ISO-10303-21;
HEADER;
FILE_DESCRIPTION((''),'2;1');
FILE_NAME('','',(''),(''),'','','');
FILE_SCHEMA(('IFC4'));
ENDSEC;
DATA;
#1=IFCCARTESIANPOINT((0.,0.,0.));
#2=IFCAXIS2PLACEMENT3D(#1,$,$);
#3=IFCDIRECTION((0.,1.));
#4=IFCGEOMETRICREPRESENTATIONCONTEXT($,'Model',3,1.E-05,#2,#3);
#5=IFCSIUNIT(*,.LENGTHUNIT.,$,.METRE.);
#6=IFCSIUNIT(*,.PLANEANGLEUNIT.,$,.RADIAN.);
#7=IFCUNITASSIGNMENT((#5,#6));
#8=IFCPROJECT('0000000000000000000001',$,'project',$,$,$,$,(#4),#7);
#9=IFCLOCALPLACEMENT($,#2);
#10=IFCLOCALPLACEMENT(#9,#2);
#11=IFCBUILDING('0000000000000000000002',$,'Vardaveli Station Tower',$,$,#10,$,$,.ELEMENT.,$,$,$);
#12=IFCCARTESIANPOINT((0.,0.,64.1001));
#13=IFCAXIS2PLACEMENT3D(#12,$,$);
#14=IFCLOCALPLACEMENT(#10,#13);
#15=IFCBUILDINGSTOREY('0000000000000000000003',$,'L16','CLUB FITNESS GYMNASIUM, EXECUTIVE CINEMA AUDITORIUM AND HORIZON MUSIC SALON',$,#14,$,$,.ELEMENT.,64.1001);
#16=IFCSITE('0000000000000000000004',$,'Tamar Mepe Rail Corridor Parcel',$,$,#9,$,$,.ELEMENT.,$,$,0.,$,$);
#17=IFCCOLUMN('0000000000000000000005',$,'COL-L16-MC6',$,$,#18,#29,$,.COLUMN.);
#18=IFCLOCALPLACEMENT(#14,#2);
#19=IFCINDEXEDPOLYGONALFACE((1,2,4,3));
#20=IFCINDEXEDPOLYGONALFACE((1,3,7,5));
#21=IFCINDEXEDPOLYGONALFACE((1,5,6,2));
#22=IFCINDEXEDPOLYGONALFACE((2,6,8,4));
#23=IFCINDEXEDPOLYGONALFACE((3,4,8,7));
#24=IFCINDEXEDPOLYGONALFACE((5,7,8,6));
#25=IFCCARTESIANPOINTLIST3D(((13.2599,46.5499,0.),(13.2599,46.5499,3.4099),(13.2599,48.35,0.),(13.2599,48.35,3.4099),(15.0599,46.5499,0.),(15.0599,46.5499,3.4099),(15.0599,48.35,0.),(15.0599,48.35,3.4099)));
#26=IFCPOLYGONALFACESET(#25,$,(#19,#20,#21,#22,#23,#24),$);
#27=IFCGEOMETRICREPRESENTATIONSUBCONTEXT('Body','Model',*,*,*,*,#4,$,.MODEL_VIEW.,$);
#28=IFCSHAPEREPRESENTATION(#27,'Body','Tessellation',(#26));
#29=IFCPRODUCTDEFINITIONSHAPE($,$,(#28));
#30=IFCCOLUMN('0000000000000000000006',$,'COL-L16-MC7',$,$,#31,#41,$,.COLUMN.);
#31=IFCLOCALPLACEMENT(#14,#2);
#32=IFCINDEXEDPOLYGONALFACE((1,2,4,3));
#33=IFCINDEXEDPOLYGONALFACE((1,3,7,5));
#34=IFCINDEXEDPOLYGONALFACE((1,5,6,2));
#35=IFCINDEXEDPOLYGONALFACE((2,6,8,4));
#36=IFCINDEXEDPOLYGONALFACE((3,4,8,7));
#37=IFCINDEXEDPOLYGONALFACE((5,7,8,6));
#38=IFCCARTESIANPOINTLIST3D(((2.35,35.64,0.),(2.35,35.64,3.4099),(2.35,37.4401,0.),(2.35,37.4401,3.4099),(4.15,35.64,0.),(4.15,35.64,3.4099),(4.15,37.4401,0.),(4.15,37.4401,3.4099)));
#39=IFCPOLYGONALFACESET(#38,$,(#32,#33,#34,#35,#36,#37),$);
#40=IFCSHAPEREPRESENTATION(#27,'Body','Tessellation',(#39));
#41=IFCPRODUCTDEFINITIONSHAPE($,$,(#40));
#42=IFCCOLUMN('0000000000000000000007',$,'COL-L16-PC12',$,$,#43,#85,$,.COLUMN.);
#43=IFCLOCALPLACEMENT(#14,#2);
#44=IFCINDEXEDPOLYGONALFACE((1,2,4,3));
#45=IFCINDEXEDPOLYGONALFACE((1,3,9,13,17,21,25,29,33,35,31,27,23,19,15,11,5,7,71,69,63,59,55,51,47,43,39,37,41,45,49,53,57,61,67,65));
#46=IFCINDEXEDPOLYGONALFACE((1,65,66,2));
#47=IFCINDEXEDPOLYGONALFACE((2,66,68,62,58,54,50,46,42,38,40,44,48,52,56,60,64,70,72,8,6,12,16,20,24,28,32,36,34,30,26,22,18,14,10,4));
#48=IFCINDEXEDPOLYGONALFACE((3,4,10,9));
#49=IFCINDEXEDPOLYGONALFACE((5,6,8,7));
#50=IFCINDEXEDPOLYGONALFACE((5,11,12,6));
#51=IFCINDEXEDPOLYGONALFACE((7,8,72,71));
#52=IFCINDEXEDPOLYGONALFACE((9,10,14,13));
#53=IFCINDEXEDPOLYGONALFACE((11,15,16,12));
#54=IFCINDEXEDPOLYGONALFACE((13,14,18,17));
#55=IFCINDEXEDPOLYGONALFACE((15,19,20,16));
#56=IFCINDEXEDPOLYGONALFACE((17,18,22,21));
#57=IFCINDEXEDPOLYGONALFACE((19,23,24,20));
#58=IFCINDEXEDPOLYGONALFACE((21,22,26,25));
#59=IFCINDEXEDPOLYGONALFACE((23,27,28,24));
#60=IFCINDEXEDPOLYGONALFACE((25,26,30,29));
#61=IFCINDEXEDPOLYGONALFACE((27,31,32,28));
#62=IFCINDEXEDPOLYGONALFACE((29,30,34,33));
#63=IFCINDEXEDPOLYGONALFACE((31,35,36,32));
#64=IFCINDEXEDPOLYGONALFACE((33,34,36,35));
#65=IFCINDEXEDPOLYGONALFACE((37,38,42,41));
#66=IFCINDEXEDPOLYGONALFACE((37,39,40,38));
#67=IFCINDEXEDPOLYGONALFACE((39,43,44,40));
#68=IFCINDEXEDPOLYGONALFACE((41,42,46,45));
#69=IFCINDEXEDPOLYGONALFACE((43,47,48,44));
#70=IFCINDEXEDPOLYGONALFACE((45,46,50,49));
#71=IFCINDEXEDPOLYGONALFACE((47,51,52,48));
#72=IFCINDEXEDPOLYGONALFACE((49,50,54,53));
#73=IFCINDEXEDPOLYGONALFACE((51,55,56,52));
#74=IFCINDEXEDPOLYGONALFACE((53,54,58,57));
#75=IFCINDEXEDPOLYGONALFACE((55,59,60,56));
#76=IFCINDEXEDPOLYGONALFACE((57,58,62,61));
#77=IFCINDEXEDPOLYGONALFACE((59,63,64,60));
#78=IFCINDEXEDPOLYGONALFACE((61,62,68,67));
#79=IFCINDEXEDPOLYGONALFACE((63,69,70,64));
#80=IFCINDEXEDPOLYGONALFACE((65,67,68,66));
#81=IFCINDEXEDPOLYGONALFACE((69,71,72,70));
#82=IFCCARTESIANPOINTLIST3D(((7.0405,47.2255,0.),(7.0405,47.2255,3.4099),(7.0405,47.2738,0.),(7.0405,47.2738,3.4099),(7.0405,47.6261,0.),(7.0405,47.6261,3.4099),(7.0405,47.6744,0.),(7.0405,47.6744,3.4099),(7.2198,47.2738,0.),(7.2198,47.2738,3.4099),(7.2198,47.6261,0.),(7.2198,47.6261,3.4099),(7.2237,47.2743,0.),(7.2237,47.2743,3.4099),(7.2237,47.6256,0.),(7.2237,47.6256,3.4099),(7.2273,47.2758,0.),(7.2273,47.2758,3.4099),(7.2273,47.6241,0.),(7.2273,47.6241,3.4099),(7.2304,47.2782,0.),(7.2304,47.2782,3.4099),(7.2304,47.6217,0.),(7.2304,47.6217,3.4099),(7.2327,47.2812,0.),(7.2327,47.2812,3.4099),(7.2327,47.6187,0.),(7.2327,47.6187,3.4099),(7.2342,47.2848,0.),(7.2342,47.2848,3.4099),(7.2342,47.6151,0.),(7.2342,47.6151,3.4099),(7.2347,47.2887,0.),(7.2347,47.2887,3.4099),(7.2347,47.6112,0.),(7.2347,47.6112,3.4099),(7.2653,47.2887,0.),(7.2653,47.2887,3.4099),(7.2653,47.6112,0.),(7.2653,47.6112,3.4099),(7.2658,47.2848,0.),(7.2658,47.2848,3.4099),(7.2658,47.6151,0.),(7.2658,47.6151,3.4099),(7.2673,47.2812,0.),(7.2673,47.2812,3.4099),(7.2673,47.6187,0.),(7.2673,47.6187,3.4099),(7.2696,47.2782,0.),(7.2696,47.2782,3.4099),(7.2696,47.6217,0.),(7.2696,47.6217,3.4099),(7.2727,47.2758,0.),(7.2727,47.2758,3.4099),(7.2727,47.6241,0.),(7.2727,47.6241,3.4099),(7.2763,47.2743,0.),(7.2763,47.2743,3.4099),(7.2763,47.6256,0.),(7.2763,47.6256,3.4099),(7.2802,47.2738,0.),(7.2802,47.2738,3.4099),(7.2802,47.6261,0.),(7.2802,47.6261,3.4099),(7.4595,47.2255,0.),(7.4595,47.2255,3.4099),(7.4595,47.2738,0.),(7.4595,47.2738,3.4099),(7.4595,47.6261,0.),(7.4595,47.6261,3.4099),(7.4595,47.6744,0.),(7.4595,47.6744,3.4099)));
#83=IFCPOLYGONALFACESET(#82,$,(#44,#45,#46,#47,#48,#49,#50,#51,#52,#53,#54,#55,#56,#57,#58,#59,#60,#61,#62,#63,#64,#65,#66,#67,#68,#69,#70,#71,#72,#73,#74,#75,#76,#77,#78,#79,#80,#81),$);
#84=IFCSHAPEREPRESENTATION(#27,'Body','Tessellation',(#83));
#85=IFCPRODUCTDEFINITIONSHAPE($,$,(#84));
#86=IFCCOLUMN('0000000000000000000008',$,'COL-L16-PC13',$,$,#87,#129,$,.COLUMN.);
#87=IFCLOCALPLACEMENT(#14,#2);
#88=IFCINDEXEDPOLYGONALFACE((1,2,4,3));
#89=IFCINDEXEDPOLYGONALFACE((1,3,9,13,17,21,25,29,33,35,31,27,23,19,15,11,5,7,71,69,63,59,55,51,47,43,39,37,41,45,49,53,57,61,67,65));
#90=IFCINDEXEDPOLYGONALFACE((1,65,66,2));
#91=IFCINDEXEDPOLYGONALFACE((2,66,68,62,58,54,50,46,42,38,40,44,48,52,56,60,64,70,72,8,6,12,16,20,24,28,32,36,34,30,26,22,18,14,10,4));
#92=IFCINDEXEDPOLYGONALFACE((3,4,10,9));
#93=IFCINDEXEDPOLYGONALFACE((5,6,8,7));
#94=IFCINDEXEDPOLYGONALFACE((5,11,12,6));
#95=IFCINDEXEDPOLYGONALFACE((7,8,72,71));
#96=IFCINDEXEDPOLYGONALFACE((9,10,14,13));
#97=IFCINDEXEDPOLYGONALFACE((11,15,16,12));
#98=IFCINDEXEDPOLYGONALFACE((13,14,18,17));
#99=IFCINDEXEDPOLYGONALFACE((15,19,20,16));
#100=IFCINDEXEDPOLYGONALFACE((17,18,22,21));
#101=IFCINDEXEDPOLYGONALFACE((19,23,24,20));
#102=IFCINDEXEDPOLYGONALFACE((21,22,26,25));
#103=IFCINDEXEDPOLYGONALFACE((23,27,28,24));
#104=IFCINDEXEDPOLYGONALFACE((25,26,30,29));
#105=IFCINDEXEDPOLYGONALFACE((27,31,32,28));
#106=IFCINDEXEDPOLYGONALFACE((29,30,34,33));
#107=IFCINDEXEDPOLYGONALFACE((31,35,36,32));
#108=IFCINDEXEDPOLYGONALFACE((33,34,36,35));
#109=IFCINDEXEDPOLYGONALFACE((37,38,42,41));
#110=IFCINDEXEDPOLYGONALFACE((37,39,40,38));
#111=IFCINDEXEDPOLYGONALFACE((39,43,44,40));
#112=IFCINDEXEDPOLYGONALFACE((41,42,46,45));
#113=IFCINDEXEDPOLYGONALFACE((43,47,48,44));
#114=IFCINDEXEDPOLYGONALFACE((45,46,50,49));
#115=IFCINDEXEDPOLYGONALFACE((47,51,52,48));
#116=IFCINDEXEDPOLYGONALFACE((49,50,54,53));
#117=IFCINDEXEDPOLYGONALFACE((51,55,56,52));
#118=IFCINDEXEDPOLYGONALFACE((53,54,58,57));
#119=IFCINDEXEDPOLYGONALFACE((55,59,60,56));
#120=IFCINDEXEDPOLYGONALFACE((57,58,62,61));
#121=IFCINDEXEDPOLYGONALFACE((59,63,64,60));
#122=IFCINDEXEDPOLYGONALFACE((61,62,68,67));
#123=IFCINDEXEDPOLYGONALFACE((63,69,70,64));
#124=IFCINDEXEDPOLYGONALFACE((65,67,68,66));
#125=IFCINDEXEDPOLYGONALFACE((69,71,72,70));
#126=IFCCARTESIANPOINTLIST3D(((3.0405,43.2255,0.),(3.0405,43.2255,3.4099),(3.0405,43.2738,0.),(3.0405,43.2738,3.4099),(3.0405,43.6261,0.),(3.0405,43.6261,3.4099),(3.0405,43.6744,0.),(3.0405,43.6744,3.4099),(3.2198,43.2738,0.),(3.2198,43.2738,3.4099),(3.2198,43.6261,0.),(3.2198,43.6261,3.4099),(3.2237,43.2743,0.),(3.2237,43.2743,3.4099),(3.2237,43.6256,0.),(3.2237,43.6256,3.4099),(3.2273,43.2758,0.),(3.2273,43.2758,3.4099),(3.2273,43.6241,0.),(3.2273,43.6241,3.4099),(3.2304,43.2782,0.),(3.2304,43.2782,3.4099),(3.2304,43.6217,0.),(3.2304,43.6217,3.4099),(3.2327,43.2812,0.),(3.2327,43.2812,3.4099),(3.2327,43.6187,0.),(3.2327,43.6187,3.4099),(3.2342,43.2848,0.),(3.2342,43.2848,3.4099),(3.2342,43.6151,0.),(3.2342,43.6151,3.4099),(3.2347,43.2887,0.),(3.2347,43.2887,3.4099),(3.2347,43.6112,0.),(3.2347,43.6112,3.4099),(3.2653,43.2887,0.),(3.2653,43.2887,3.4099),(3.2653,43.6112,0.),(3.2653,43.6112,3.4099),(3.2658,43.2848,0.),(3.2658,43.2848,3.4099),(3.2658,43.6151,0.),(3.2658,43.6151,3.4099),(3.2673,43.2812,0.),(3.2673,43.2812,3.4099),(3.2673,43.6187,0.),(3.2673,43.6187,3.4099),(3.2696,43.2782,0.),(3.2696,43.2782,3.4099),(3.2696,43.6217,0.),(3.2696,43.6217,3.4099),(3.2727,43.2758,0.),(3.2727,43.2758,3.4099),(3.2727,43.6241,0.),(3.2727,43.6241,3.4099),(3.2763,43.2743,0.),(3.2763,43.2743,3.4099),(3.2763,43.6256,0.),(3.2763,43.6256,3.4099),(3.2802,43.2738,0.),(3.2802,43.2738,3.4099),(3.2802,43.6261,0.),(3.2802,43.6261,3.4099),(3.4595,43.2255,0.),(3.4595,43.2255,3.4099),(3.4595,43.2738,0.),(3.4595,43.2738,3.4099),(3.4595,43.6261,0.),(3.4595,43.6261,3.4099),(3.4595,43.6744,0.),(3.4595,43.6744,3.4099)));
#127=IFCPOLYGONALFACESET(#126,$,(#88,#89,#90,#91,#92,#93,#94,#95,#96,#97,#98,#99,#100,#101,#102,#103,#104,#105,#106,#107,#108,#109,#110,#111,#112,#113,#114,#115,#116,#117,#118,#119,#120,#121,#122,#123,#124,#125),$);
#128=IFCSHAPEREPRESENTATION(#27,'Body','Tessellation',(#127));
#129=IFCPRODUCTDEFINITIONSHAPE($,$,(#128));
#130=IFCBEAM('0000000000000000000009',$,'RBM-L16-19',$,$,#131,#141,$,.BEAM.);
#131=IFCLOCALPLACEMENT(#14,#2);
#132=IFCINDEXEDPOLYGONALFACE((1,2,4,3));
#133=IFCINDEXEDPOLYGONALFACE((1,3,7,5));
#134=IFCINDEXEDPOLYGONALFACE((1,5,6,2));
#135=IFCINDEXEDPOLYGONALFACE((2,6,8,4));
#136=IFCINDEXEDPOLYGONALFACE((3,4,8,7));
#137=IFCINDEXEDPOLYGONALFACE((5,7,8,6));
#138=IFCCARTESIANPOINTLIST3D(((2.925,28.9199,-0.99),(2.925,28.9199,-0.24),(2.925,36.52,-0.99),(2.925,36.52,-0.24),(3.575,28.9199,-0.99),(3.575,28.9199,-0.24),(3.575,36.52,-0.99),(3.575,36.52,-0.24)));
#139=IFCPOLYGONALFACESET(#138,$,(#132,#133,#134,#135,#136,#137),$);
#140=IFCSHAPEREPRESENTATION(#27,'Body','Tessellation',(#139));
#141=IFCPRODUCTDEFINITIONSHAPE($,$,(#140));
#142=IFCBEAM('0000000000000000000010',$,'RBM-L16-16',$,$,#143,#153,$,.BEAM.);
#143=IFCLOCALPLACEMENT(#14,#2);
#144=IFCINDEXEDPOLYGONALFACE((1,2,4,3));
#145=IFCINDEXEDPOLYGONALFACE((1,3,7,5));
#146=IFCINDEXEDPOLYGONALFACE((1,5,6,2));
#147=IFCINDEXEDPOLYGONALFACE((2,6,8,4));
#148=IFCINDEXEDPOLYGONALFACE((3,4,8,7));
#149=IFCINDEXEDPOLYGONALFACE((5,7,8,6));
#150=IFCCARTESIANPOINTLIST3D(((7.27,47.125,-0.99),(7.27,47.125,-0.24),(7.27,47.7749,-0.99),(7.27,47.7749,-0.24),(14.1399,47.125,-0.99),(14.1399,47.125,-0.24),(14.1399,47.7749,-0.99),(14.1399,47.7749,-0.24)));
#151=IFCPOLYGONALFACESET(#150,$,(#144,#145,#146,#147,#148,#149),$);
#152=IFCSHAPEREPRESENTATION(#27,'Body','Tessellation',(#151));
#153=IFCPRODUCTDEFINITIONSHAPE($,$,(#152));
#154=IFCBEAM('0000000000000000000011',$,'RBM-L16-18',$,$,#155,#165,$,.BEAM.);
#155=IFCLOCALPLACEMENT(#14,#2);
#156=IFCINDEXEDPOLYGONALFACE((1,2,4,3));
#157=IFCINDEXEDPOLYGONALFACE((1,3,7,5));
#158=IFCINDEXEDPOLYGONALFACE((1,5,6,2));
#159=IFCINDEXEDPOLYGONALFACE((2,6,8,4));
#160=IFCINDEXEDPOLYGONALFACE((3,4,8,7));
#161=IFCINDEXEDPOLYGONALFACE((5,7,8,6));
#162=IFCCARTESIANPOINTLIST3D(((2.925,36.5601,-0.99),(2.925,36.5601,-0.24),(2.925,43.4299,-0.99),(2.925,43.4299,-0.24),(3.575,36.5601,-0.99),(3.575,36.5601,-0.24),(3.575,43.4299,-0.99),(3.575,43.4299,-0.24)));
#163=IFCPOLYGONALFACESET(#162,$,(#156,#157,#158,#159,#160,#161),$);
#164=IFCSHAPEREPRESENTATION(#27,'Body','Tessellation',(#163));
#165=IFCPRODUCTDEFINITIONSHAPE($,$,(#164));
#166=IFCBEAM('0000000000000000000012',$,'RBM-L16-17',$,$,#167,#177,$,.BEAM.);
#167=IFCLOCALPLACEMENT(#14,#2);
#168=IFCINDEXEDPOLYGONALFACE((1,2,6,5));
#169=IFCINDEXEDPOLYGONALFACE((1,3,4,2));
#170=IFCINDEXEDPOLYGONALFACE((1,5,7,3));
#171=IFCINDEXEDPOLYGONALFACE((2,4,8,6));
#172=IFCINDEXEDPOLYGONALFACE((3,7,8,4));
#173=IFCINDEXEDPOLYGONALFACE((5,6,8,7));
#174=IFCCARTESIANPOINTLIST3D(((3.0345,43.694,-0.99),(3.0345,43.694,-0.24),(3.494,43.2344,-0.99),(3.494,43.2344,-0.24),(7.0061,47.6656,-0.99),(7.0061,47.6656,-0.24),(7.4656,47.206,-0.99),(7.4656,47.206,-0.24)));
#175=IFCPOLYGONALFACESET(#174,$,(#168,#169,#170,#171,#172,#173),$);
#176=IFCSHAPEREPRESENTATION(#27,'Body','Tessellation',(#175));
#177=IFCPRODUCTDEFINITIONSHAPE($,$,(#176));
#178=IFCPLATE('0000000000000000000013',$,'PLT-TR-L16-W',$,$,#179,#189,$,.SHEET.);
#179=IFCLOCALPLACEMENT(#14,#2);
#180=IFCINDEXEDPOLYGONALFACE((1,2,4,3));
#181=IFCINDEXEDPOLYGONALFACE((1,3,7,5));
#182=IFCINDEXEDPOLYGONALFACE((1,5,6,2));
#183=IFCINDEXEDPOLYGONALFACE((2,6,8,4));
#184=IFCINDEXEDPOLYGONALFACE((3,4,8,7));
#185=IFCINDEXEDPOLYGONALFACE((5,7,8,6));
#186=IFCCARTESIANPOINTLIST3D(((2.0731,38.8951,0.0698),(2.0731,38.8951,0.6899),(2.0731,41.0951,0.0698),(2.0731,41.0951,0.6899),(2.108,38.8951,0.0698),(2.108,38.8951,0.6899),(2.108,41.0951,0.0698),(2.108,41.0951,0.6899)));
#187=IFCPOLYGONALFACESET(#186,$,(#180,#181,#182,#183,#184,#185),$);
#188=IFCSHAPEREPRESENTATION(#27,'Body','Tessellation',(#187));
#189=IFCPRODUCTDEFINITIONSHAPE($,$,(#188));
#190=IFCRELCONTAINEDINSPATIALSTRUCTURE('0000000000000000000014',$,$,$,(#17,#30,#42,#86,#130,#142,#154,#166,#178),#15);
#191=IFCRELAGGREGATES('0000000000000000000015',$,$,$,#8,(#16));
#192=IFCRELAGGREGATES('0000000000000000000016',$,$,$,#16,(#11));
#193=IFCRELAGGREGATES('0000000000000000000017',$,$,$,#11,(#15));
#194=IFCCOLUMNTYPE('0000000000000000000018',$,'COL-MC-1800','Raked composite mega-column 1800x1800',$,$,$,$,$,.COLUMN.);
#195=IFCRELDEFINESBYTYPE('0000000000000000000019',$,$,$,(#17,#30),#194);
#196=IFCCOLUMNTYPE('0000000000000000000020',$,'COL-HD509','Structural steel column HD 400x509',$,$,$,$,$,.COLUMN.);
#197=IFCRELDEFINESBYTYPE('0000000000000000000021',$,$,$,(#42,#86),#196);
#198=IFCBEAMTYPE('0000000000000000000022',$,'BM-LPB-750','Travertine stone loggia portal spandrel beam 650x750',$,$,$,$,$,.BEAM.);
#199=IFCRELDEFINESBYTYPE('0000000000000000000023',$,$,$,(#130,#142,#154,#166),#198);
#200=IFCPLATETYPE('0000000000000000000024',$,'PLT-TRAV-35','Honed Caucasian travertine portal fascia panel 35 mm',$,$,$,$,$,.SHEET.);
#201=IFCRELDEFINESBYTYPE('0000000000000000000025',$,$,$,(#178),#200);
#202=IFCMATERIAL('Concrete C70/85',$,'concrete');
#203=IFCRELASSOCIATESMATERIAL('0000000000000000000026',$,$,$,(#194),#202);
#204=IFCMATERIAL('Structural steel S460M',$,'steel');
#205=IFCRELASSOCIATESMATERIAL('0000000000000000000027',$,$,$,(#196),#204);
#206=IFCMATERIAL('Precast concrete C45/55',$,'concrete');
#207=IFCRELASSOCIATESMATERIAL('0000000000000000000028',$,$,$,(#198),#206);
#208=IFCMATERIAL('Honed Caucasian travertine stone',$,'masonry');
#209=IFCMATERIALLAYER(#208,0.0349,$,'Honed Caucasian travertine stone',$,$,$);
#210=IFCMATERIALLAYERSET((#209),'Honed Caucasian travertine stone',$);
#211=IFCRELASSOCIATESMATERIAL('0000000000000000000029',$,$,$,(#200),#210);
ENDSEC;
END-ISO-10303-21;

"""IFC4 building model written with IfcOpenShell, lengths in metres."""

from ifc_helpers import new_model, si_unit, direction, frame, origin, origin_2d, place, context, subcontext, project, spatial, rectangle, i_section, extrude, source, transform, mapped, material, layer, layer_set, material_profile, profile_set, type_object, element, save


model = new_model("IFC4")

# Units and contexts
model_context = context("Model", 3, precision=1e-05, world=origin(), true_north=direction((0.0, 1.0)))
body_context = subcontext(model_context, "Body", "Model", "MODEL_VIEW")
ifc_project = project(units=[si_unit("LENGTHUNIT", "METRE"), si_unit("PLANEANGLEUNIT", "RADIAN")], contexts=[model_context])

# Site, building, storey
site_placement = place(None, origin())
site = spatial("IfcSite", under=ifc_project, at=site_placement, Name="Tamar Mepe Rail Corridor Parcel", CompositionType="ELEMENT", RefElevation=0.0)
building_placement = place(site_placement, origin())
building = spatial("IfcBuilding", under=site, at=building_placement, Name="Vardaveli Station Tower", CompositionType="ELEMENT")
storey_placement = place(building_placement, frame((0.0, 0.0, 64.1001)))
storey = spatial("IfcBuildingStorey", under=building, at=storey_placement, Name="L16", Description="CLUB FITNESS GYMNASIUM, EXECUTIVE CINEMA AUDITORIUM AND HORIZON MUSIC SALON", CompositionType="ELEMENT", Elevation=64.1001)

# Columns
ifc_material_1 = material(Name="Concrete C70/85", Category="concrete")
ifc_material_profile_1 = material_profile(ifc_material_1, rectangle(XDim=1.8, YDim=1.8, at=origin_2d()), Name="MC 1800x1800")
ifc_profile_set_1 = profile_set([ifc_material_profile_1], Name="Concrete C70/85")
column_type_1 = type_object("IfcColumnType", Name="COL-MC-1800", Description="Raked composite mega-column 1800x1800", PredefinedType="COLUMN", material=ifc_profile_set_1)
shared_shape_1 = source(origin(), body_context, "Body", "SweptSolid", [
    extrude(rectangle(XDim=1.8, YDim=1.8, at=origin_2d()), origin(), (0.0, 0.0, 1.0), 3.4099),
])
for number, where, z_axis, x_axis, name in (
    (1, (14.1599, 47.45, 0.0), (0.0, 0.0, 1.0), (1.0, 0.0, 0.0), "COL-L16-MC6"),
    (2, (3.25, 36.54, 0.0), (0.0, 0.0, 1.0), (1.0, 0.0, 0.0), "COL-L16-MC7"),
):
    element("IfcColumn", number, at=place(storey_placement, frame(where, z_axis=z_axis, x_axis=x_axis)), inside=storey, type_object=column_type_1, Name=name, PredefinedType="COLUMN", context=body_context, shape_type="MappedRepresentation", body=[
        mapped(shared_shape_1, transform((0.0, 0.0, 0.0), scale=1.0)),
    ])
ifc_material_2 = material(Name="Structural steel S460M", Category="steel")
ifc_material_profile_2 = material_profile(ifc_material_2, i_section(OverallWidth=0.4189, OverallDepth=0.449, WebThickness=0.0305, FlangeThickness=0.0483, FilletRadius=0.0149, at=origin_2d()), Name="HD 400x509")
ifc_profile_set_2 = profile_set([ifc_material_profile_2], Name="Structural steel S460M")
column_type_2 = type_object("IfcColumnType", Name="COL-HD509", Description="Structural steel column HD 400x509", PredefinedType="COLUMN", material=ifc_profile_set_2)
shared_shape_2 = source(origin(), body_context, "Body", "SweptSolid", [
    extrude(i_section(OverallWidth=0.4189, OverallDepth=0.449, WebThickness=0.0305, FlangeThickness=0.0483, FilletRadius=0.0149, at=origin_2d()), origin(), (0.0, 0.0, 1.0), 3.4099),
])
for number, where, z_axis, x_axis, name in (
    (3, (7.25, 47.45, 0.0), (0.0, 0.0, 1.0), (1.0, 0.0, 0.0), "COL-L16-PC12"),
    (4, (3.25, 43.45, 0.0), (0.0, 0.0, 1.0), (1.0, 0.0, 0.0), "COL-L16-PC13"),
):
    element("IfcColumn", number, at=place(storey_placement, frame(where, z_axis=z_axis, x_axis=x_axis)), inside=storey, type_object=column_type_2, Name=name, PredefinedType="COLUMN", context=body_context, shape_type="MappedRepresentation", body=[
        mapped(shared_shape_2, transform((0.0, 0.0, 0.0), scale=1.0)),
    ])

# Beams
ifc_material_3 = material(Name="Precast concrete C45/55", Category="concrete")
ifc_material_profile_3 = material_profile(ifc_material_3, rectangle(XDim=0.6499, YDim=0.75, at=origin_2d()), Name="LPB 650x750")
ifc_profile_set_3 = profile_set([ifc_material_profile_3], Name="Precast concrete C45/55")
beam_type = type_object("IfcBeamType", Name="BM-LPB-750", Description="Travertine stone loggia portal spandrel beam 650x750", PredefinedType="BEAM", material=ifc_profile_set_3)
shared_shape_3 = source(origin(), body_context, "Body", "SweptSolid", [
    extrude(rectangle(XDim=0.6499, YDim=0.75, at=origin_2d()), origin(), (0.0, 0.0, 1.0), 7.6001),
])
beam_1_placement = place(storey_placement, frame((3.25, 36.52, -0.615), z_axis=(0.0, -1.0, 0.0), x_axis=(1.0, 0.0, 0.0)))
element("IfcBeam", 5, at=beam_1_placement, inside=storey, type_object=beam_type, Name="RBM-L16-19", PredefinedType="BEAM", context=body_context, shape_type="MappedRepresentation", body=[
    mapped(shared_shape_3, transform((0.0, 0.0, 0.0), scale=1.0)),
])
shared_shape_4 = source(origin(), body_context, "Body", "SweptSolid", [
    extrude(rectangle(XDim=0.6499, YDim=0.75, at=origin_2d()), origin(), (0.0, 0.0, 1.0), 6.8699),
])
for number, where, z_axis, x_axis, name in (
    (6, (14.1399, 47.45, -0.615), (-1.0, 0.0, 0.0), (0.0, -1.0, 0.0), "RBM-L16-16"),
    (7, (3.25, 43.4299, -0.615), (0.0, -1.0, 0.0), (1.0, 0.0, 0.0), "RBM-L16-18"),
):
    element("IfcBeam", number, at=place(storey_placement, frame(where, z_axis=z_axis, x_axis=x_axis)), inside=storey, type_object=beam_type, Name=name, PredefinedType="BEAM", context=body_context, shape_type="MappedRepresentation", body=[
        mapped(shared_shape_4, transform((0.0, 0.0, 0.0), scale=1.0)),
    ])
shared_shape_5 = source(origin(), body_context, "Body", "SweptSolid", [
    extrude(rectangle(XDim=0.6499, YDim=0.75, at=origin_2d()), origin(), (0.0, 0.0, 1.0), 5.6167),
])
beam_2_placement = place(storey_placement, frame((7.2358, 47.4358, -0.615), z_axis=(-0.707107, -0.707107, 0.0), x_axis=(0.707107, -0.707107, 0.0)))
element("IfcBeam", 8, at=beam_2_placement, inside=storey, type_object=beam_type, Name="RBM-L16-17", PredefinedType="BEAM", context=body_context, shape_type="MappedRepresentation", body=[
    mapped(shared_shape_5, transform((0.0, 0.0, 0.0), scale=1.0)),
])

# Plate
ifc_material_4 = material(Name="Honed Caucasian travertine stone", Category="masonry")
ifc_layer_1 = layer(ifc_material_4, 0.0349, Name="Honed Caucasian travertine stone")
ifc_layer_set_1 = layer_set([ifc_layer_1], Name="Honed Caucasian travertine stone")
plate_type = type_object("IfcPlateType", Name="PLT-TRAV-35", Description="Honed Caucasian travertine portal fascia panel 35 mm", PredefinedType="SHEET", material=ifc_layer_set_1)
shared_shape_6 = source(origin(), body_context, "Body", "SweptSolid", [
    extrude(rectangle(XDim=2.2, YDim=0.0349, at=origin_2d()), origin(), (0.0, 0.0, 1.0), 0.6201),
])
plate_placement = place(storey_placement, frame((2.0906, 39.9951, 0.0698), z_axis=(0.0, 0.0, 1.0), x_axis=(0.0, 1.0, 0.0)))
element("IfcPlate", 9, at=plate_placement, inside=storey, type_object=plate_type, Name="PLT-TR-L16-W", PredefinedType="SHEET", context=body_context, shape_type="MappedRepresentation", body=[
    mapped(shared_shape_6, transform((0.0, 0.0, 0.0), scale=1.0)),
])

save(model, "model.ifc")
